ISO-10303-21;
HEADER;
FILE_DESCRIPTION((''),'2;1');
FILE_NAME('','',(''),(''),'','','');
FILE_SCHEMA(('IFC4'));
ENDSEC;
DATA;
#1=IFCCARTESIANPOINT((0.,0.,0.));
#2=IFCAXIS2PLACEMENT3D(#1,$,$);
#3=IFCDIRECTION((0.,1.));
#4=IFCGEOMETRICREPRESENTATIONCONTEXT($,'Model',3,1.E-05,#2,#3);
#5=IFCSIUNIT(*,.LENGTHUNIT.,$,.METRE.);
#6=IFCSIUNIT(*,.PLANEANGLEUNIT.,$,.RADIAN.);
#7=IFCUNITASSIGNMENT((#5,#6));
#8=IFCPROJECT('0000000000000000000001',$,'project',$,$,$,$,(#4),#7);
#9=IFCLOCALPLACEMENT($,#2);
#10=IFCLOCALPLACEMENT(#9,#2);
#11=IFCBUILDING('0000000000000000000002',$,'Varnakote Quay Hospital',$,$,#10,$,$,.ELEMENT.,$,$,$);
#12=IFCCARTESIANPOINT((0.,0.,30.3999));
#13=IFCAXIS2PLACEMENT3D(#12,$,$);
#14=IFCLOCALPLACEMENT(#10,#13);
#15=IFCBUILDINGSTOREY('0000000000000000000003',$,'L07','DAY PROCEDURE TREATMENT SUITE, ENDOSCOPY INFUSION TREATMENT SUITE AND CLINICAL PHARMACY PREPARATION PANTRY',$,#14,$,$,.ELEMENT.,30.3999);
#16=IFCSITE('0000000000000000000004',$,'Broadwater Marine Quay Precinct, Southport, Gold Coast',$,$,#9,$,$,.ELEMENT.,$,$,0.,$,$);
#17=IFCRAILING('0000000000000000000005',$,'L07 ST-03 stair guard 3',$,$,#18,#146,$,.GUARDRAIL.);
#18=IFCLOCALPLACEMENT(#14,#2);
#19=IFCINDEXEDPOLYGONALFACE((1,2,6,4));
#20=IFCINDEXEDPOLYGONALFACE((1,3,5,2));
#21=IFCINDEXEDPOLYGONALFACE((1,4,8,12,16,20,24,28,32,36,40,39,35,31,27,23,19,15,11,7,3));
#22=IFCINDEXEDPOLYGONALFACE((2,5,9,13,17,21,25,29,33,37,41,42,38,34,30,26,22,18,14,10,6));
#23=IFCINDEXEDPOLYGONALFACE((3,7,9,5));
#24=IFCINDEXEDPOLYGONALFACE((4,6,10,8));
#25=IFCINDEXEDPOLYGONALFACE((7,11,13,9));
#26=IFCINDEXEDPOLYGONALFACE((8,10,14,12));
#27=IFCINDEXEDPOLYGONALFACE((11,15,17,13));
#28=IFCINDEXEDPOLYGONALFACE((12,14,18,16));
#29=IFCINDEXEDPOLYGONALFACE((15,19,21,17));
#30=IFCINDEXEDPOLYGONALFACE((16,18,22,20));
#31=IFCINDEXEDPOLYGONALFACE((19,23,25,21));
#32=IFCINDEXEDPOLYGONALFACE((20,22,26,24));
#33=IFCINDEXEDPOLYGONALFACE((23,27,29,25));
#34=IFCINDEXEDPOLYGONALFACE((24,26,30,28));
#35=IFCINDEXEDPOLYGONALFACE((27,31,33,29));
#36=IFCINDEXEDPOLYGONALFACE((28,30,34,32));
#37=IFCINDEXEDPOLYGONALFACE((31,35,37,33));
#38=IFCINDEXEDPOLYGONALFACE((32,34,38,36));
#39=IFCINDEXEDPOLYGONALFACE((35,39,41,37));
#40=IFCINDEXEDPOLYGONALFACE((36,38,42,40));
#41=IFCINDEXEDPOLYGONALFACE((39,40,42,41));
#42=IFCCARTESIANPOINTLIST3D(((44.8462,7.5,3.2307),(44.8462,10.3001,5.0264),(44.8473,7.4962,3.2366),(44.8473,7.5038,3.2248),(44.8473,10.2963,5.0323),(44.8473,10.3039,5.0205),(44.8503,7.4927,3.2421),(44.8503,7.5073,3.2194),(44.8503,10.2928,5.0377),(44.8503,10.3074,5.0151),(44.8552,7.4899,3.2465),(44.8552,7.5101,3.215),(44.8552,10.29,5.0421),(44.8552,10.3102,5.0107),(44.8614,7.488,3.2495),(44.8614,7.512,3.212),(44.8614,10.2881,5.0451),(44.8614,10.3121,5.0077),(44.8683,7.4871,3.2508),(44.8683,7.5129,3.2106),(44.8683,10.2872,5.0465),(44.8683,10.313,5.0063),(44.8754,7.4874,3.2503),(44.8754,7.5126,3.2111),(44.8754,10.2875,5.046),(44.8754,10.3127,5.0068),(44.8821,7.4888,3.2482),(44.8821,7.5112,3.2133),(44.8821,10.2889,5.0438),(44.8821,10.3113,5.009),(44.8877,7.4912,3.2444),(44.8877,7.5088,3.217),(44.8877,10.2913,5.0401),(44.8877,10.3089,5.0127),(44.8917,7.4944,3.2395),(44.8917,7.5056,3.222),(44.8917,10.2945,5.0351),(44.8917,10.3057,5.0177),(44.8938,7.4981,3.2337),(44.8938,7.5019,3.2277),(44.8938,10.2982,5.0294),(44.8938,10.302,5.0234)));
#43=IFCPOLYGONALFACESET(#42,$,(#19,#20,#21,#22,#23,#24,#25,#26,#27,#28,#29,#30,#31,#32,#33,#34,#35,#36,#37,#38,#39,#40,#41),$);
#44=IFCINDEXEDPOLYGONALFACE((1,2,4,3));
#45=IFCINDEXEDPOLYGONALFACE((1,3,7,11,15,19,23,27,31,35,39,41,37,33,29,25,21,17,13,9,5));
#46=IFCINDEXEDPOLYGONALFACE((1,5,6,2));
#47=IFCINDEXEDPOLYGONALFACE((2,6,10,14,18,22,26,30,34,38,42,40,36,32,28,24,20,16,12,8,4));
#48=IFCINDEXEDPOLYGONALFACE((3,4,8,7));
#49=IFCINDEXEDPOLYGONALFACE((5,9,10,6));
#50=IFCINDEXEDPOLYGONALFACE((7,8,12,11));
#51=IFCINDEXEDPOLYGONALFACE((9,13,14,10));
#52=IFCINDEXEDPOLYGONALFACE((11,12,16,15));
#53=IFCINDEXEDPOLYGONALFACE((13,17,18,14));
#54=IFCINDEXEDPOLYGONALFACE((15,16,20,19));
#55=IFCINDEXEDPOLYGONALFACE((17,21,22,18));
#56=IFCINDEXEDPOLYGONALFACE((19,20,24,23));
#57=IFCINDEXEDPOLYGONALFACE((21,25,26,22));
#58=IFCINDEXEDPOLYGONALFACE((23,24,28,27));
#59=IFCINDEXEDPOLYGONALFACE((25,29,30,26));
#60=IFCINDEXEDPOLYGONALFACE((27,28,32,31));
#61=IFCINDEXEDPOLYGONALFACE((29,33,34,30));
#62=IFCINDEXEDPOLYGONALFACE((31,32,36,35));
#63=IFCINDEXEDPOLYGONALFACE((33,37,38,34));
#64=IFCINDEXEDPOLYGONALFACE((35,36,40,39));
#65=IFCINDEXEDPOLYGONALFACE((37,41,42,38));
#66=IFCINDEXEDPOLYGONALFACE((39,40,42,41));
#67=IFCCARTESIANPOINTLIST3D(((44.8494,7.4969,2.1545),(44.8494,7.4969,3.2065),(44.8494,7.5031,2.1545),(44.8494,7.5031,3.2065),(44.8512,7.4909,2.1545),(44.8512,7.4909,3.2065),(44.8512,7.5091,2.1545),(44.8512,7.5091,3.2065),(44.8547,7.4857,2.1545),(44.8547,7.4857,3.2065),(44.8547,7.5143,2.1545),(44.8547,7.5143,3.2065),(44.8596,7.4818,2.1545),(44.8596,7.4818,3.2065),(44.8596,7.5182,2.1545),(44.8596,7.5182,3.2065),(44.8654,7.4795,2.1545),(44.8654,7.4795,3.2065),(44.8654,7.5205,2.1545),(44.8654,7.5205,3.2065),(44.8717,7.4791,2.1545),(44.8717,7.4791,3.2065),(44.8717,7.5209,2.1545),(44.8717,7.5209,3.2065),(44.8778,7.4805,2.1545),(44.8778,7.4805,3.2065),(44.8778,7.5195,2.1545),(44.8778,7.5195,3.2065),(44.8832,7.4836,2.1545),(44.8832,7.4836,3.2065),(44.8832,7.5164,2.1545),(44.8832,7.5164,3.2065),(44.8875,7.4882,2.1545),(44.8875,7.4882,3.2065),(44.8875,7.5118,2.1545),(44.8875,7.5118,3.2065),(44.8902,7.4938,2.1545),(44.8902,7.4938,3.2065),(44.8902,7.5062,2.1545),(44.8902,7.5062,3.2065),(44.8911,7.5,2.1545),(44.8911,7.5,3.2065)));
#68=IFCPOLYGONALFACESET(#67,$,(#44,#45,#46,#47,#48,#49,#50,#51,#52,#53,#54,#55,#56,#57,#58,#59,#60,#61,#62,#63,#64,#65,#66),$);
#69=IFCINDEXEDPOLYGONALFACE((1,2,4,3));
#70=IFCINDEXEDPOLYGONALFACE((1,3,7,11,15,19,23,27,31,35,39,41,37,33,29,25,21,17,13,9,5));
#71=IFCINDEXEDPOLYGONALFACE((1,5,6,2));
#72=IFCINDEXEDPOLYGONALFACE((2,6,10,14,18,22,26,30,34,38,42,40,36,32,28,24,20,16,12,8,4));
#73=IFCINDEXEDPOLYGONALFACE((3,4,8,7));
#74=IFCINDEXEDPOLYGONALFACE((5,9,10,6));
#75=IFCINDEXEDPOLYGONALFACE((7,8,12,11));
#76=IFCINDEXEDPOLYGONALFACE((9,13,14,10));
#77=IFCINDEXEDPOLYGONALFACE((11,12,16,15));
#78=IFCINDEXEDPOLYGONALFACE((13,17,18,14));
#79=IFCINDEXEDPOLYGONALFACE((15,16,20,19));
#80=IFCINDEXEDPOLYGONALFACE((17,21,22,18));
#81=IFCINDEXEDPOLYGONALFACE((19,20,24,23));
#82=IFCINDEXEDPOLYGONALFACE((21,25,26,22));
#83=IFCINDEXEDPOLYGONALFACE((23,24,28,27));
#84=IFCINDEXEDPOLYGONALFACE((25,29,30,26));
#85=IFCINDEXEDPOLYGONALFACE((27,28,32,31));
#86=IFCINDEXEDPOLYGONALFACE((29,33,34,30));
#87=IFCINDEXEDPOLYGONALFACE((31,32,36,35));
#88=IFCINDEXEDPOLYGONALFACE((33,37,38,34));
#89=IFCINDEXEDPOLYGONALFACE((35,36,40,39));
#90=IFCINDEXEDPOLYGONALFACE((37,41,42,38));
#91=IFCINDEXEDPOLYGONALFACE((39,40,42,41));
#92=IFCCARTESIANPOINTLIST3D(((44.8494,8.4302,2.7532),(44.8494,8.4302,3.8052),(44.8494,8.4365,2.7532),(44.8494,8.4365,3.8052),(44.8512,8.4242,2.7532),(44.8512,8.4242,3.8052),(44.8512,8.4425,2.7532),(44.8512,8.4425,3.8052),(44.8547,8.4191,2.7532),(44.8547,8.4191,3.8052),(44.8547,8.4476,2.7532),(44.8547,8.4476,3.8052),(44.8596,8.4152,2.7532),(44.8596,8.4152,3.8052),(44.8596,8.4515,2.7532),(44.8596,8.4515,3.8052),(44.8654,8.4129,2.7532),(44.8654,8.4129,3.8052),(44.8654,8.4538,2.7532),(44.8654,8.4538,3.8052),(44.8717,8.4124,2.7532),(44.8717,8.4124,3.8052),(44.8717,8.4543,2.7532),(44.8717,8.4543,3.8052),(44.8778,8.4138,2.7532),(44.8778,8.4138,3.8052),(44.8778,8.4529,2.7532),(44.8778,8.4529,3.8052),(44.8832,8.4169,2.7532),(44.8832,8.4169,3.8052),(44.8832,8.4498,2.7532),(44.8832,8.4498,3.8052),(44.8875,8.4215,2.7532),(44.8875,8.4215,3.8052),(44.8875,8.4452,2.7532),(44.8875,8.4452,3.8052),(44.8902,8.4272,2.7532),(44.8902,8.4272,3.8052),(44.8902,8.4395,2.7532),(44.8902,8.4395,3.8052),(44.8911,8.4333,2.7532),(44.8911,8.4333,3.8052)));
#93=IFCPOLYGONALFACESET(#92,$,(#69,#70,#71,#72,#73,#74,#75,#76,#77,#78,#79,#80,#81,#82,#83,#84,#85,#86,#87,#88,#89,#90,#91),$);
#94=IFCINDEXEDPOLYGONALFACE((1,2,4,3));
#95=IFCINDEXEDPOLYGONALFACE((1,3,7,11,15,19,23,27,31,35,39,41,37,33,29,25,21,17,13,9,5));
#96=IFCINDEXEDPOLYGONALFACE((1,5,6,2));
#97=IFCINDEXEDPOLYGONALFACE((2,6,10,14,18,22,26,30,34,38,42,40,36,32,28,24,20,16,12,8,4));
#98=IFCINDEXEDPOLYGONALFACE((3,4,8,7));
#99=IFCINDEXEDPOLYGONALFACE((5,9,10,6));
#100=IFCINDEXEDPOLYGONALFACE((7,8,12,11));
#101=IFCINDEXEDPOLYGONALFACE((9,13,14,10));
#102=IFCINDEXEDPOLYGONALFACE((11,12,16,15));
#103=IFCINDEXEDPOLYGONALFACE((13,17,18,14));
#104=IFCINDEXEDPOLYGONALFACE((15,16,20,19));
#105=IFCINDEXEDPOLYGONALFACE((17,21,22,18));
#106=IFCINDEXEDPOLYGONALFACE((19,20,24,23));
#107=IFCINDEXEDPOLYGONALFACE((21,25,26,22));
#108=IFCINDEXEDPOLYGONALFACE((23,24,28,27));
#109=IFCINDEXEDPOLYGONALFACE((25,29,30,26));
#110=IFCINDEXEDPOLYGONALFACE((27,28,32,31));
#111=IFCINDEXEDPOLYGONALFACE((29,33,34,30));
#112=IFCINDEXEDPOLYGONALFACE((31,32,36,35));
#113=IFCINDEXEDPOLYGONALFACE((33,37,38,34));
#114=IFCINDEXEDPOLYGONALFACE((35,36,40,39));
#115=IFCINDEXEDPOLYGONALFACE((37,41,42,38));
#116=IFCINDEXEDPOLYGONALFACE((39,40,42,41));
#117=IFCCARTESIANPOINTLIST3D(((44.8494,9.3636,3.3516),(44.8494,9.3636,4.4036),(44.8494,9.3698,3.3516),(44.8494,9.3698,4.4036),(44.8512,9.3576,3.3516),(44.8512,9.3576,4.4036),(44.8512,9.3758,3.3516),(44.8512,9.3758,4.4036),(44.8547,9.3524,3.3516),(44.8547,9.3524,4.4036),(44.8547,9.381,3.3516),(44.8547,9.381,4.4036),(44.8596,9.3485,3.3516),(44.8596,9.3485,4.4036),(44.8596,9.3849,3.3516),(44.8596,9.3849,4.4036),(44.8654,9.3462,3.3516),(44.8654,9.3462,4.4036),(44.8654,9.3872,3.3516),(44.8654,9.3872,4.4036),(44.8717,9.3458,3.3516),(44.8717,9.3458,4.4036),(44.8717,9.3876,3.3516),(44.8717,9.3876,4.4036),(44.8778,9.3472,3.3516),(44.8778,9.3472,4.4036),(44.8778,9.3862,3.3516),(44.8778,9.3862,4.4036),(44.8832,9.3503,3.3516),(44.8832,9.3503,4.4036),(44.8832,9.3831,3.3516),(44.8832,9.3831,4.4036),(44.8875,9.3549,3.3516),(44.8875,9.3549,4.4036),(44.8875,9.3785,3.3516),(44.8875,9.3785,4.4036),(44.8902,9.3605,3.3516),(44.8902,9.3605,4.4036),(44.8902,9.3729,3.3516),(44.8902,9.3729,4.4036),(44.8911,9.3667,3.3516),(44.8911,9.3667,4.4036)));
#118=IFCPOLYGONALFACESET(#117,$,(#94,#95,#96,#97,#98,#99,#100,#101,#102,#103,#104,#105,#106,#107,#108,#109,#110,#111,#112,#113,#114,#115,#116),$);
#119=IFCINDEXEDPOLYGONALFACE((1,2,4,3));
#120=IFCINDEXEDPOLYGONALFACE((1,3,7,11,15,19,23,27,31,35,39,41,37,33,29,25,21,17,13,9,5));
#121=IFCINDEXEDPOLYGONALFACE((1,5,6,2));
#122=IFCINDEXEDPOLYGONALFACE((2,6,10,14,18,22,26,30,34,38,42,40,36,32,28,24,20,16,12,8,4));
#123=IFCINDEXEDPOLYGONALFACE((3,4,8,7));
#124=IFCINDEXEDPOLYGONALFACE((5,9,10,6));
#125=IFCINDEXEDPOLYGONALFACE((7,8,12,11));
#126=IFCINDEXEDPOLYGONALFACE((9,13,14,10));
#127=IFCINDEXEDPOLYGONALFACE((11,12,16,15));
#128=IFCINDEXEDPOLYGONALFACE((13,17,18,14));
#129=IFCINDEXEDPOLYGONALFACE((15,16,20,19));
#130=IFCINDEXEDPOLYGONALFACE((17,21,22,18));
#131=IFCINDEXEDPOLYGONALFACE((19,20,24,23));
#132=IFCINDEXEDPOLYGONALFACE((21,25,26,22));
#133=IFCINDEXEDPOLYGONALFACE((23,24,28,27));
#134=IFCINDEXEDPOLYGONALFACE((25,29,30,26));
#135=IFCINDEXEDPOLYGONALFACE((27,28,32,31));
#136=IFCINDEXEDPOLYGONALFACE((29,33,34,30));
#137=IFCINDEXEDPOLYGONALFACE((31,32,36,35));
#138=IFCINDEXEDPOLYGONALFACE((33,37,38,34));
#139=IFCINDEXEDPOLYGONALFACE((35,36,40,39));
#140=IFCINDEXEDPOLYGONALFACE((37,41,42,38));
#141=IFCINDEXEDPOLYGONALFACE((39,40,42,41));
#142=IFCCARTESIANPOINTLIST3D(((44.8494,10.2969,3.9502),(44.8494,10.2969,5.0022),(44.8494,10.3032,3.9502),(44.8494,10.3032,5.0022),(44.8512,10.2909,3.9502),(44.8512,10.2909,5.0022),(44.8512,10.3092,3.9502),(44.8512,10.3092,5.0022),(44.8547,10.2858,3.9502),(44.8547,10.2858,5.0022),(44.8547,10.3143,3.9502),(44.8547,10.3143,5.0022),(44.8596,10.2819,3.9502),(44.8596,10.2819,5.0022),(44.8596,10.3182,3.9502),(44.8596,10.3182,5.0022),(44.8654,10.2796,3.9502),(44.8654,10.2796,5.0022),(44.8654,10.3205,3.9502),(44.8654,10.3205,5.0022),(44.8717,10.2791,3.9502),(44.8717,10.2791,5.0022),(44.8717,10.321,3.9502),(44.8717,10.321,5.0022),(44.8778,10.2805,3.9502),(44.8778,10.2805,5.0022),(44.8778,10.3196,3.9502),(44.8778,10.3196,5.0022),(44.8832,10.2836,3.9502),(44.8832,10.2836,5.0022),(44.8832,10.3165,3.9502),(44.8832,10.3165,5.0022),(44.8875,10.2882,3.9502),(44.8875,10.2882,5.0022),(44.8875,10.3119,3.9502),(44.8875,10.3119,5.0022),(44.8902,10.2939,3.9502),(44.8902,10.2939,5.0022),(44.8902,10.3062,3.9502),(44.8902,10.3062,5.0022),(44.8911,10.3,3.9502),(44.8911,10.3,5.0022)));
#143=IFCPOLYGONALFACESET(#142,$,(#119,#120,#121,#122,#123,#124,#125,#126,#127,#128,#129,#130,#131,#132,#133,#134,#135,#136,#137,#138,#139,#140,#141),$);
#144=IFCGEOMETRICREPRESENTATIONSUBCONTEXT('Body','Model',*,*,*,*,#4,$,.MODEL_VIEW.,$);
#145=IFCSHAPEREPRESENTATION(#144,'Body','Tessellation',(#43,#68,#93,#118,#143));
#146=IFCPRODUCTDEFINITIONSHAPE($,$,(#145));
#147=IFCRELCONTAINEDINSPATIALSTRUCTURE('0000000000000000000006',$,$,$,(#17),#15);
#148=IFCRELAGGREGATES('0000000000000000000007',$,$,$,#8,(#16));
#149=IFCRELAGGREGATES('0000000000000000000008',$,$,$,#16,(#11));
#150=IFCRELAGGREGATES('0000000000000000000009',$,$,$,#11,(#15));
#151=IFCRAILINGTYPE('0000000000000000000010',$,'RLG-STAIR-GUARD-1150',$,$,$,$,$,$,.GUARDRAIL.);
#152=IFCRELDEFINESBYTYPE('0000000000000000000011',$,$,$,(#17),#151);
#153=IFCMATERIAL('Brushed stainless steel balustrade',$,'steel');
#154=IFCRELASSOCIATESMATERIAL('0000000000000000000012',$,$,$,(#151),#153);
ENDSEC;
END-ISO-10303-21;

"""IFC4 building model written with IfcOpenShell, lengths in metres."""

from ifc_helpers import new_model, si_unit, direction, frame, origin, origin_2d, place, context, subcontext, project, spatial, circle, extrude, material, type_object, element, save


model = new_model("IFC4")

# Units and contexts
model_context = context("Model", 3, precision=1e-05, world=origin(), true_north=direction((0.0, 1.0)))
body_context = subcontext(model_context, "Body", "Model", "MODEL_VIEW")
ifc_project = project(units=[si_unit("LENGTHUNIT", "METRE"), si_unit("PLANEANGLEUNIT", "RADIAN")], contexts=[model_context])

# Site, building, storey
site_placement = place(None, origin())
site = spatial("IfcSite", under=ifc_project, at=site_placement, Name="Broadwater Marine Quay Precinct, Southport, Gold Coast", CompositionType="ELEMENT", RefElevation=0.0)
building_placement = place(site_placement, origin())
building = spatial("IfcBuilding", under=site, at=building_placement, Name="Varnakote Quay Hospital", CompositionType="ELEMENT")
storey_placement = place(building_placement, frame((0.0, 0.0, 30.3999)))
storey = spatial("IfcBuildingStorey", under=building, at=storey_placement, Name="L07", Description="DAY PROCEDURE TREATMENT SUITE, ENDOSCOPY INFUSION TREATMENT SUITE AND CLINICAL PHARMACY PREPARATION PANTRY", CompositionType="ELEMENT", Elevation=30.3999)

# Railing
ifc_material_1 = material(Name="Brushed stainless steel balustrade", Category="steel")
railing_type_1 = type_object("IfcRailingType", Name="RLG-STAIR-GUARD-1150", PredefinedType="GUARDRAIL", material=ifc_material_1)
railing_1_placement = place(storey_placement, frame((44.8701, 7.5, 2.1545)))
element("IfcRailing", 1, at=railing_1_placement, inside=storey, type_object=railing_type_1, Name="L07 ST-03 stair guard 3", PredefinedType="GUARDRAIL", context=body_context, shape_type="SweptSolid", body=[
    extrude(circle(Radius=0.0239, at=origin_2d()), frame((0.0, 0.0, 1.0762), z_axis=(0.0, 0.841777, 0.539826), x_axis=(-1.0, 0.0, 0.0)), (0.0, 0.0, 1.0), 3.3264),
    extrude(circle(Radius=0.021, at=origin_2d()), origin(), (0.0, 0.0, 1.0), 1.052),
    extrude(circle(Radius=0.021, at=origin_2d()), frame((0.0, 0.9333, 0.5986)), (0.0, 0.0, 1.0), 1.052),
    extrude(circle(Radius=0.021, at=origin_2d()), frame((0.0, 1.8667, 1.197)), (0.0, 0.0, 1.0), 1.052),
    extrude(circle(Radius=0.021, at=origin_2d()), frame((0.0, 2.8, 1.7957)), (0.0, 0.0, 1.0), 1.052),
])

save(model, "model.ifc")
